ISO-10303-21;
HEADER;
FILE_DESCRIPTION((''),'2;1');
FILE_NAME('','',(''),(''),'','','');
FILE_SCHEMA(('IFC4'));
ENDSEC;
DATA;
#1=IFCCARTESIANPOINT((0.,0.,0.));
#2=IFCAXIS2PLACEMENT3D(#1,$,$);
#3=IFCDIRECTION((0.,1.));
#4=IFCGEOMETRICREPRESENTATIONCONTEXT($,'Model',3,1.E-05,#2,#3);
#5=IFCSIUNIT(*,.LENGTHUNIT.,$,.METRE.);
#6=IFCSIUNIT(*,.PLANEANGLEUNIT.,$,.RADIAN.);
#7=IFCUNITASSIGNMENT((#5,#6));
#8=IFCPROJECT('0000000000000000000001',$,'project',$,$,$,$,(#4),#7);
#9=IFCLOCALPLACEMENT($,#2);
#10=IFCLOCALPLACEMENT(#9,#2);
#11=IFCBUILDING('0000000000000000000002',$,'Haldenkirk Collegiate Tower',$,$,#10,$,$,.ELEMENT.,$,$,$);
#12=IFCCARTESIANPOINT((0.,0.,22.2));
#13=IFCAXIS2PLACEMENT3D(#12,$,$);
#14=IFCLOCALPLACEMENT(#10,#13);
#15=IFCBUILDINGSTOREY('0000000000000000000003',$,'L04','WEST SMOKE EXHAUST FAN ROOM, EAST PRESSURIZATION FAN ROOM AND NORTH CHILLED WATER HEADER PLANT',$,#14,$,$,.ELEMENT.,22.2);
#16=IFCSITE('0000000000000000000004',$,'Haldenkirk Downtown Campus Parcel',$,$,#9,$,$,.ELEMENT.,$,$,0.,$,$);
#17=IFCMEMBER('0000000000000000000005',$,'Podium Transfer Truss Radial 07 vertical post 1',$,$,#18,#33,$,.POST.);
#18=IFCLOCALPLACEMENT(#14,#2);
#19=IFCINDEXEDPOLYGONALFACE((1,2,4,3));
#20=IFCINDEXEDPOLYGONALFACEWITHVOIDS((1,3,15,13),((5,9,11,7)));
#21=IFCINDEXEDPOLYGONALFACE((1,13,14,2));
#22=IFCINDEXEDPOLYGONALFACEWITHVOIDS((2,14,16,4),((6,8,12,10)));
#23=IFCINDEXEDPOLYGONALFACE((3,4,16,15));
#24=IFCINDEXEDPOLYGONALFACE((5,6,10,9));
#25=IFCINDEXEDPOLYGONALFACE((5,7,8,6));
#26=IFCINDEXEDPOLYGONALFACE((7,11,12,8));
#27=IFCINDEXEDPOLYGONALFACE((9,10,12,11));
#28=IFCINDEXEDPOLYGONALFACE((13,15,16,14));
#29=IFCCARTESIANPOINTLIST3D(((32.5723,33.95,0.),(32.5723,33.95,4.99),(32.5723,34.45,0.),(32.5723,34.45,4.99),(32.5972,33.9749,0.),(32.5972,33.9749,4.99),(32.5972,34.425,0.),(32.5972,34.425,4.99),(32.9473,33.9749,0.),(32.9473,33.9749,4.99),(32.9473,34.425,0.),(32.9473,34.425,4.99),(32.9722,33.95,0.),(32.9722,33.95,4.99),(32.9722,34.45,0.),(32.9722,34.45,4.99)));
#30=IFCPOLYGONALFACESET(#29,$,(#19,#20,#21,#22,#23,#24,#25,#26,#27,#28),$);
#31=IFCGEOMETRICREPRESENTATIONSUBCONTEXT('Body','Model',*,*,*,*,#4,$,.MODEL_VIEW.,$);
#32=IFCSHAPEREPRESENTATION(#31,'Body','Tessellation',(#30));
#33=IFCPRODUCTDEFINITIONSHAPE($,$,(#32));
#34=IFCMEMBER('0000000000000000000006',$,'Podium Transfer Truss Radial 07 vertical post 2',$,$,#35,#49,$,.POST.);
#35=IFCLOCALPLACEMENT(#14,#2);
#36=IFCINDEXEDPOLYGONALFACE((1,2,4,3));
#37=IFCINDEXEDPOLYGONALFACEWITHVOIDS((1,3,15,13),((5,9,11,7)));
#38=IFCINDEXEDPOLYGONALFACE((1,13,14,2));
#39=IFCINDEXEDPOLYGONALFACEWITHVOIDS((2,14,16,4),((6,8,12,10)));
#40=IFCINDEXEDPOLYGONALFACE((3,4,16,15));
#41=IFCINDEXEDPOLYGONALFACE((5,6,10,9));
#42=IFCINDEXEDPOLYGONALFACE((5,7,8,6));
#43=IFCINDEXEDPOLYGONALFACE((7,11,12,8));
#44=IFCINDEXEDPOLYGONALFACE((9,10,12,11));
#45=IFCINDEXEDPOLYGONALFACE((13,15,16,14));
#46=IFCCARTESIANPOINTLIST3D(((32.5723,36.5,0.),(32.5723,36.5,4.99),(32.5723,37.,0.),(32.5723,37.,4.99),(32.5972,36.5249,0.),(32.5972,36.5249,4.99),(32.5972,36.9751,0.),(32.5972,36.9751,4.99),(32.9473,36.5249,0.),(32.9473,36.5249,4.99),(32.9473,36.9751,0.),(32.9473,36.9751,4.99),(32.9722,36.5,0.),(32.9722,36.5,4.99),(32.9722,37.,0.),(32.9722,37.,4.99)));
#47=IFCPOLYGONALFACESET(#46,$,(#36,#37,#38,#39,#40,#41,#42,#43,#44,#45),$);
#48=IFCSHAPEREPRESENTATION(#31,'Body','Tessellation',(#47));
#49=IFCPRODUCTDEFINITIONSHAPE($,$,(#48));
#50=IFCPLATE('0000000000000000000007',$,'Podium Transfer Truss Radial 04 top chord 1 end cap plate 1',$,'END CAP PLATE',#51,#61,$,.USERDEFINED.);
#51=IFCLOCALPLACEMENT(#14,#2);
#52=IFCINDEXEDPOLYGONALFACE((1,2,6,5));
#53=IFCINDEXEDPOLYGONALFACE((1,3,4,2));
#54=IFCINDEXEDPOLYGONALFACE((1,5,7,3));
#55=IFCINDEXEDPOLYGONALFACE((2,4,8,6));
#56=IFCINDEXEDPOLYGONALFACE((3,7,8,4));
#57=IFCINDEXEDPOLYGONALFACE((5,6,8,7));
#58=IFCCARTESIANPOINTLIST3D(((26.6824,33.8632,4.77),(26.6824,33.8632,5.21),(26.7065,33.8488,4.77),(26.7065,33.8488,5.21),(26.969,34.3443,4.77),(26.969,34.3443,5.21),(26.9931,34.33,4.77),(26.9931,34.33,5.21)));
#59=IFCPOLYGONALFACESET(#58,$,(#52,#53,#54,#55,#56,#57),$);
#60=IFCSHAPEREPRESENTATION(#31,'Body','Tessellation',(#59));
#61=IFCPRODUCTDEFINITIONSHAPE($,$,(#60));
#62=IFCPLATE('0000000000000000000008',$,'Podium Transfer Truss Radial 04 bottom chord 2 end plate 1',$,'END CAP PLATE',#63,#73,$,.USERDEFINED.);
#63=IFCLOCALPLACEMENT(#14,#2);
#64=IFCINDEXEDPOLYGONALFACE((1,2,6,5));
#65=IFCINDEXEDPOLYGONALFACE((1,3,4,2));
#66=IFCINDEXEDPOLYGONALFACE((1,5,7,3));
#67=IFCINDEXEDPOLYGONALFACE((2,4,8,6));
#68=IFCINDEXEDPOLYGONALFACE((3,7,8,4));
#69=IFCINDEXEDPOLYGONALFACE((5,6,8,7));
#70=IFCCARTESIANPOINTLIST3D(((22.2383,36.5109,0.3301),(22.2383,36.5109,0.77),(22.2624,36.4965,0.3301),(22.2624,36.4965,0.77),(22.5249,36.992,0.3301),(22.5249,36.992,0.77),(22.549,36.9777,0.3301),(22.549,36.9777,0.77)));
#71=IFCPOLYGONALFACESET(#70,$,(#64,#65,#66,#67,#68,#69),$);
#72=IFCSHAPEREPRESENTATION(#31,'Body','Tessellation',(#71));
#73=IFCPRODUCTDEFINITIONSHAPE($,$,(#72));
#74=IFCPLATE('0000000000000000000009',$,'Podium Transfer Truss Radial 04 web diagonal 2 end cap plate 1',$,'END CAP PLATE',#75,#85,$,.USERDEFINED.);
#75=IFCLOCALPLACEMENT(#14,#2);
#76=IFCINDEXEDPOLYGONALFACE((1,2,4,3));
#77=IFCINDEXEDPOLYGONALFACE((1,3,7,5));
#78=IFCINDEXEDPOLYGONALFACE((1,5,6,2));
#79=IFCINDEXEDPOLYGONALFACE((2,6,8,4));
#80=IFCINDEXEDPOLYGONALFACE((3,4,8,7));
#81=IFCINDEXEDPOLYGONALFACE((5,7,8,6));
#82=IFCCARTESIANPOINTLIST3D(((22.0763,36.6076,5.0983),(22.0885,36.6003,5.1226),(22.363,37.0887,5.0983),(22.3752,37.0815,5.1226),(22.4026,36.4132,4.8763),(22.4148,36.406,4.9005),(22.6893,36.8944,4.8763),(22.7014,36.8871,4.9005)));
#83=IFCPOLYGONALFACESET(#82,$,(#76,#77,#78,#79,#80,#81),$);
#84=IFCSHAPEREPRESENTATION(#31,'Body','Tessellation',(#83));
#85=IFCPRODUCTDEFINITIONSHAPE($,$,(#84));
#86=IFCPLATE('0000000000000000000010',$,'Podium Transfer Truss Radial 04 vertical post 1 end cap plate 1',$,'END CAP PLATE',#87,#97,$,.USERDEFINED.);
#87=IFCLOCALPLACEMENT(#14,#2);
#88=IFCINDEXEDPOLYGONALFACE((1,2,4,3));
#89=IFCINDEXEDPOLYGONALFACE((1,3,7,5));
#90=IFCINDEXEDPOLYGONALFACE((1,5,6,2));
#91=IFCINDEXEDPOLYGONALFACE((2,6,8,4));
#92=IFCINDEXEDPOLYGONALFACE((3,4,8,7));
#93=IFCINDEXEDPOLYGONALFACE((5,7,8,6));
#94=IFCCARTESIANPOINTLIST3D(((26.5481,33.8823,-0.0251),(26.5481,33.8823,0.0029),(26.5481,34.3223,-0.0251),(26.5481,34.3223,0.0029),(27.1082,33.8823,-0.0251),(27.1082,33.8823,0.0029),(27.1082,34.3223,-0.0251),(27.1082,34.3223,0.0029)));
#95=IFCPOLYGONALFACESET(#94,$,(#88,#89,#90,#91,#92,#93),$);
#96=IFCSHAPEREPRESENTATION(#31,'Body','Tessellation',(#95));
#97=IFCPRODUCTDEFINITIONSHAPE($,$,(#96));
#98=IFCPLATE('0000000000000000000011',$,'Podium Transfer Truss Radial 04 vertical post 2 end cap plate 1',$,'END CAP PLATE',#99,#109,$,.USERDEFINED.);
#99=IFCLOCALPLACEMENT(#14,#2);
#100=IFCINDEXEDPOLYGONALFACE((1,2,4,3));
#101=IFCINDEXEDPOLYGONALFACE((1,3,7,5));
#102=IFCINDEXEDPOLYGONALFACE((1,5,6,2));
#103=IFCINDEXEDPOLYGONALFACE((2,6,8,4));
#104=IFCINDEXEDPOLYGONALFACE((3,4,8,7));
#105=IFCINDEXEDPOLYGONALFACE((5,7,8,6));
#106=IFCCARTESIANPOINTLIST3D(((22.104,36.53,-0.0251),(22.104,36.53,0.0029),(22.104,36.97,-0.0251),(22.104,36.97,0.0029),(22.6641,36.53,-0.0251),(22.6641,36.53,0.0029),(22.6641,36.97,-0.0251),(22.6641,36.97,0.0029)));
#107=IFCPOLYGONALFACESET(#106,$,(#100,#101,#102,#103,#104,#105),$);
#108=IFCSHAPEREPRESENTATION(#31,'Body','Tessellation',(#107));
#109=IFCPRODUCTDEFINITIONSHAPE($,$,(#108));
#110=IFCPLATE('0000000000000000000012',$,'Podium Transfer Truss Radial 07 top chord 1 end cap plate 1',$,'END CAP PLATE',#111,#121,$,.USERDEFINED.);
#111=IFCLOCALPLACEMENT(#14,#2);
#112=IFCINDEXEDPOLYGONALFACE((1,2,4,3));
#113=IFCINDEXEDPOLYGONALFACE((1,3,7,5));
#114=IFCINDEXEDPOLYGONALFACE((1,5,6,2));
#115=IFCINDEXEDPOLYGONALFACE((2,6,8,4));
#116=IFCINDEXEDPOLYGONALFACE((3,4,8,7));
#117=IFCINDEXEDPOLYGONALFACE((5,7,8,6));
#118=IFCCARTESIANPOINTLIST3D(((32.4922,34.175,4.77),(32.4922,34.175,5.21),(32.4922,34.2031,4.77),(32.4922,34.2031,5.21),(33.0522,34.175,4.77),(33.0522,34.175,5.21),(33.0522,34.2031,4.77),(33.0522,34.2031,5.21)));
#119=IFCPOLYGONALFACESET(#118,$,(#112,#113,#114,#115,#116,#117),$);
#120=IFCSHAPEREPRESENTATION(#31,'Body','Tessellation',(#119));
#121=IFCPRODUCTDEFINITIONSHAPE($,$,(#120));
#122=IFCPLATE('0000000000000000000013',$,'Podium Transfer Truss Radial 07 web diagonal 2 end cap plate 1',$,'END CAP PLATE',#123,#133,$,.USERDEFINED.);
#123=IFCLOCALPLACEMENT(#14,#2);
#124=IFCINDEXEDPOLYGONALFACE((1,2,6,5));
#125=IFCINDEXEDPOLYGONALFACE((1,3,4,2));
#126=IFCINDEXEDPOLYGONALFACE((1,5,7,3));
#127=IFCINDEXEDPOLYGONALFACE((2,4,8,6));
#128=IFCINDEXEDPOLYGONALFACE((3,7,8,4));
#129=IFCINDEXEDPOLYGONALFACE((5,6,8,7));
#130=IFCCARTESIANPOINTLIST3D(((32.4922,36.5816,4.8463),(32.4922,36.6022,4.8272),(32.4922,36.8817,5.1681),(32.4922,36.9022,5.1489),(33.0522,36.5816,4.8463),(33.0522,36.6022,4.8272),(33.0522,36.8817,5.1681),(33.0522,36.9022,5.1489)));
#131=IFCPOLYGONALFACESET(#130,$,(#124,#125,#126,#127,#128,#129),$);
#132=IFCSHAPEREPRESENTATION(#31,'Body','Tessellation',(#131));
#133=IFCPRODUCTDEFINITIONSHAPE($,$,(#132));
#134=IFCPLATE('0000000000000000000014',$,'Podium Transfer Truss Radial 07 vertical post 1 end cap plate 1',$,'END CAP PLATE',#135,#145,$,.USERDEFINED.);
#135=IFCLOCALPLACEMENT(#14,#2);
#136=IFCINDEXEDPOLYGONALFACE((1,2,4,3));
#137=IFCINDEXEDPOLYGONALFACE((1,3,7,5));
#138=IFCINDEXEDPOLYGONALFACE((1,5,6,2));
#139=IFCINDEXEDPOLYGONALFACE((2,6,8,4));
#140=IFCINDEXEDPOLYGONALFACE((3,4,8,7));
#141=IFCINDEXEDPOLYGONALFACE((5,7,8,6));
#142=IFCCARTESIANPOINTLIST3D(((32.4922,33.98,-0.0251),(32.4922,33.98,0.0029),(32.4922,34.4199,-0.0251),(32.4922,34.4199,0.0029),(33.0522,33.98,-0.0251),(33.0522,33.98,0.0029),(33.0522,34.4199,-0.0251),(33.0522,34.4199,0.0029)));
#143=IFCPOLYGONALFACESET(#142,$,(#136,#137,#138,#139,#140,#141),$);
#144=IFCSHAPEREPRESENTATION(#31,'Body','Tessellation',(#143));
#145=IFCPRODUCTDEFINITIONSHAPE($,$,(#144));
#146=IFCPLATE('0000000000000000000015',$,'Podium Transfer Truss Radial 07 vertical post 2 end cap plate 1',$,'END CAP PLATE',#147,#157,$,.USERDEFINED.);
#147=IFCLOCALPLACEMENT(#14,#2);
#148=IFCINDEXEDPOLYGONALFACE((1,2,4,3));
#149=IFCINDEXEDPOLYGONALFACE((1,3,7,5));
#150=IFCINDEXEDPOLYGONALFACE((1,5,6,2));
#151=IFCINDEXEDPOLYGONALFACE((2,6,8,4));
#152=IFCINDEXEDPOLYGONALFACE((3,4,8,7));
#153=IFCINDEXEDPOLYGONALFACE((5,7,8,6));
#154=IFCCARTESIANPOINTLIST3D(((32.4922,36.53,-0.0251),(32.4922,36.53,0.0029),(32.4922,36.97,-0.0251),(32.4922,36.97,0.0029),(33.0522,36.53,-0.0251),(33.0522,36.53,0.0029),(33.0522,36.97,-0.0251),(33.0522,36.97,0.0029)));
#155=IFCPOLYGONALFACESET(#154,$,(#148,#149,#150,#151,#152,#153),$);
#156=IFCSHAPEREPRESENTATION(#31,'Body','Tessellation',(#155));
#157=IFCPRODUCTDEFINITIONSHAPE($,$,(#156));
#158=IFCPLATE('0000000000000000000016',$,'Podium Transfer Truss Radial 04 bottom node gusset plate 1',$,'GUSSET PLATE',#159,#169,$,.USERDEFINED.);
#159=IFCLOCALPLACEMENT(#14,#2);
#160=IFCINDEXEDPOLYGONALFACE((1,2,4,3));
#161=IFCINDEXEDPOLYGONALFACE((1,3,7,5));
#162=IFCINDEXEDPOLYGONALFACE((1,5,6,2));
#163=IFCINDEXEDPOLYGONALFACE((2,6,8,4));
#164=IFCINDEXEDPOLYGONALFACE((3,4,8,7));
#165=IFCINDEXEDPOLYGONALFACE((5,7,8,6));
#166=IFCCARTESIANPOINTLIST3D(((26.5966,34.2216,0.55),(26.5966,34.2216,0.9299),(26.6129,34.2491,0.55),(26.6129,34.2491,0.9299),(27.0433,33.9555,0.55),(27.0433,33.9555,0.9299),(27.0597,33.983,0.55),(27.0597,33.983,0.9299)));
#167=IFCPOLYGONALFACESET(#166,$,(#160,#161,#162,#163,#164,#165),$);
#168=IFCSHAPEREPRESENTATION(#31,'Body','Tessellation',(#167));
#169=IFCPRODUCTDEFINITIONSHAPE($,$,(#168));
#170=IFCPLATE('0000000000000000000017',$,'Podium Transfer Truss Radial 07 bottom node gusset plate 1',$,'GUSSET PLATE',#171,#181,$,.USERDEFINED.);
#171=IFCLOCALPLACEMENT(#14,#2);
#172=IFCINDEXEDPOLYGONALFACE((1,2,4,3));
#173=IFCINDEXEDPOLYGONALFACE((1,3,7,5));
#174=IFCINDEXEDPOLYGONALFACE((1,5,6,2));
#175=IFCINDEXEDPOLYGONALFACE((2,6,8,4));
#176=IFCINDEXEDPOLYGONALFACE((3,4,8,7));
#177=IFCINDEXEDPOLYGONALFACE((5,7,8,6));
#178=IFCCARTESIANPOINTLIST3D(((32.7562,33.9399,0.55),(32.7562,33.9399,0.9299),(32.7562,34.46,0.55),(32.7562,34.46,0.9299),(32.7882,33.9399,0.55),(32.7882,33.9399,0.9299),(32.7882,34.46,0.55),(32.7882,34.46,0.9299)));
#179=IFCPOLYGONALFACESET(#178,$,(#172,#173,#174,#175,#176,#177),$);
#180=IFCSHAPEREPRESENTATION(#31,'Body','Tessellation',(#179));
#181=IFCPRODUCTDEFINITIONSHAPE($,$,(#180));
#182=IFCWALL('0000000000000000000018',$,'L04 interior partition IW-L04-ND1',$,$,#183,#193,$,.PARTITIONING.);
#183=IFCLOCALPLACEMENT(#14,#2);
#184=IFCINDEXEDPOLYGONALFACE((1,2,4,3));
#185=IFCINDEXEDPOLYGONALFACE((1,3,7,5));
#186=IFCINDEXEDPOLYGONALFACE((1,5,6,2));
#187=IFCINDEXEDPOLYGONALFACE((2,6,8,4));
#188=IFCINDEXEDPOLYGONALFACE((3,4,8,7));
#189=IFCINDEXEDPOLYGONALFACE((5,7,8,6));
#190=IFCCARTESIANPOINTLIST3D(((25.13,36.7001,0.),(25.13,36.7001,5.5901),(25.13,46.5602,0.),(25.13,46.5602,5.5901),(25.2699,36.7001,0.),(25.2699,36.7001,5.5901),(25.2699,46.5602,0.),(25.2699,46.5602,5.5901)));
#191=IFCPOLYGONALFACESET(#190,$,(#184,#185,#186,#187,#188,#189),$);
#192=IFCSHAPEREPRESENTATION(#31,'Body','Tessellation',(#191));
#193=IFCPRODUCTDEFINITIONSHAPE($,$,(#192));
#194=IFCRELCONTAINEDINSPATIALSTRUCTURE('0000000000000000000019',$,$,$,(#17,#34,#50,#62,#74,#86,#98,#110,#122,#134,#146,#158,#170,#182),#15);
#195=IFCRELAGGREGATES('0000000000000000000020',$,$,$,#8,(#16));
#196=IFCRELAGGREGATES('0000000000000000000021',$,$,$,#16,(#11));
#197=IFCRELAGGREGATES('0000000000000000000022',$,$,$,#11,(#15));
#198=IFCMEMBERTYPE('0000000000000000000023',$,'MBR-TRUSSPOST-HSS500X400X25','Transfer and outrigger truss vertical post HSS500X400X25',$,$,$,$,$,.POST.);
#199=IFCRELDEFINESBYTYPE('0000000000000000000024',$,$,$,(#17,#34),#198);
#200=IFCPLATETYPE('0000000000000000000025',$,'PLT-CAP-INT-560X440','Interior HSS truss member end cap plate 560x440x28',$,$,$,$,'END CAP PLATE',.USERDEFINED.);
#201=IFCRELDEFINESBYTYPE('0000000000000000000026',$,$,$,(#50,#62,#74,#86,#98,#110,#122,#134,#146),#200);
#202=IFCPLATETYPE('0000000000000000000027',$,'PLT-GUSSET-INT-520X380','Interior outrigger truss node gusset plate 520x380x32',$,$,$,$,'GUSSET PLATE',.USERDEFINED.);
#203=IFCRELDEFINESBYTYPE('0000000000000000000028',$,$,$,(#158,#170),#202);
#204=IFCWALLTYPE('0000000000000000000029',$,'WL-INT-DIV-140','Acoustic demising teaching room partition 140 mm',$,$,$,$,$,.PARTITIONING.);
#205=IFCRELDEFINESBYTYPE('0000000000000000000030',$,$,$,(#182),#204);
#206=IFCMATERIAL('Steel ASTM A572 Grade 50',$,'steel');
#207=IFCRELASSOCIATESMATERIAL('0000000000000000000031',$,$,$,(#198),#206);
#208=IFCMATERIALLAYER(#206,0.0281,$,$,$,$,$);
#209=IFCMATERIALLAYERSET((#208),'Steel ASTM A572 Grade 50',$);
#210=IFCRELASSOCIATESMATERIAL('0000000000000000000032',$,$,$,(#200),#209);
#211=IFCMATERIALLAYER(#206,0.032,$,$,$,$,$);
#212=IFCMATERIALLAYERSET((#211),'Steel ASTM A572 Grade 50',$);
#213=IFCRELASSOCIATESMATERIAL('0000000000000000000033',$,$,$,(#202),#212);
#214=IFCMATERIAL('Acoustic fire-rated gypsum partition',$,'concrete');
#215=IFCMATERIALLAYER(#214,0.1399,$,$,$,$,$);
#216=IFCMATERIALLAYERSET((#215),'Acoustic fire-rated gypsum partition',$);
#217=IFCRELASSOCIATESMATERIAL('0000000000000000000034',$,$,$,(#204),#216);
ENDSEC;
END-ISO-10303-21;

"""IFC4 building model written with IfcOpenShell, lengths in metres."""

from ifc_helpers import new_model, si_unit, direction, frame, frame_2d, origin, origin_2d, place, context, subcontext, project, spatial, rectangle, hollow_rectangle, extrude, source, transform, mapped, material, layer, layer_set, material_profile, profile_set, type_object, element, save


model = new_model("IFC4")

# Units and contexts
model_context = context("Model", 3, precision=1e-05, world=origin(), true_north=direction((0.0, 1.0)))
body_context = subcontext(model_context, "Body", "Model", "MODEL_VIEW")
ifc_project = project(units=[si_unit("LENGTHUNIT", "METRE"), si_unit("PLANEANGLEUNIT", "RADIAN")], contexts=[model_context])

# Site, building, storey
site_placement = place(None, origin())
site = spatial("IfcSite", under=ifc_project, at=site_placement, Name="Haldenkirk Downtown Campus Parcel", CompositionType="ELEMENT", RefElevation=0.0)
building_placement = place(site_placement, origin())
building = spatial("IfcBuilding", under=site, at=building_placement, Name="Haldenkirk Collegiate Tower", CompositionType="ELEMENT")
storey_placement = place(building_placement, frame((0.0, 0.0, 22.2)))
storey = spatial("IfcBuildingStorey", under=building, at=storey_placement, Name="L04", Description="WEST SMOKE EXHAUST FAN ROOM, EAST PRESSURIZATION FAN ROOM AND NORTH CHILLED WATER HEADER PLANT", CompositionType="ELEMENT", Elevation=22.2)

# Members
ifc_material_1 = material(Name="Steel ASTM A572 Grade 50", Category="steel")
ifc_material_profile_1 = material_profile(ifc_material_1, hollow_rectangle(XDim=0.3999, YDim=0.5, WallThickness=0.0249, at=origin_2d()), Name="HSS500X400X25")
ifc_profile_set_1 = profile_set([ifc_material_profile_1], Name="Steel ASTM A572 Grade 50")
member_type_1 = type_object("IfcMemberType", Name="MBR-TRUSSPOST-HSS500X400X25", Description="Transfer and outrigger truss vertical post HSS500X400X25", PredefinedType="POST", material=ifc_profile_set_1)
for number, where, z_axis, x_axis, name in (
    (1, (32.7722, 34.2, 0.0), (0.0, 0.0, 1.0), (1.0, 0.0, 0.0), "Podium Transfer Truss Radial 07 vertical post 1"),
    (2, (32.7722, 36.75, 0.0), (0.0, 0.0, 1.0), (1.0, 0.0, 0.0), "Podium Transfer Truss Radial 07 vertical post 2"),
):
    element("IfcMember", number, at=place(storey_placement, frame(where, z_axis=z_axis, x_axis=x_axis)), inside=storey, type_object=member_type_1, Name=name, PredefinedType="POST", context=body_context, shape_type="SweptSolid", body=[
        extrude(hollow_rectangle(XDim=0.3999, YDim=0.5, WallThickness=0.0249, at=origin_2d()), origin(), (0.0, 0.0, 1.0), 4.99),
    ])

# Plates
ifc_layer_1 = layer(ifc_material_1, 0.0281)
ifc_layer_set_1 = layer_set([ifc_layer_1], Name="Steel ASTM A572 Grade 50")
plate_type_1 = type_object("IfcPlateType", Name="PLT-CAP-INT-560X440", Description="Interior HSS truss member end cap plate 560x440x28", ElementType="END CAP PLATE", PredefinedType="USERDEFINED", material=ifc_layer_set_1)
shared_shape_1 = source(origin(), body_context, "Body", "SweptSolid", [
    extrude(rectangle(XDim=0.5601, YDim=0.4399, at=origin_2d()), origin(), (0.0, 0.0, 1.0), 0.0281),
])
for number, where, z_axis, x_axis, name in (
    (3, (26.8257, 34.1038, 4.99), (0.859102, -0.511804, 0.0), (0.511804, 0.859102, 0.0), "Podium Transfer Truss Radial 04 top chord 1 end cap plate 1"),
    (4, (22.3816, 36.7515, 0.55), (0.859104, -0.511801, 0.0), (0.511801, 0.859104, 0.0), "Podium Transfer Truss Radial 04 bottom chord 2 end plate 1"),
    (5, (22.3828, 36.751, 4.9873), (0.433591, -0.258308, 0.863294), (0.511802, 0.859103, 0.0), "Podium Transfer Truss Radial 04 web diagonal 2 end cap plate 1"),
    (6, (26.8281, 34.1023, 0.0029), (0.0, 0.0, -1.0), (1.0, 0.0, 0.0), "Podium Transfer Truss Radial 04 vertical post 1 end cap plate 1"),
    (7, (22.384, 36.75, 0.0029), (0.0, 0.0, -1.0), (1.0, 0.0, 0.0), "Podium Transfer Truss Radial 04 vertical post 2 end cap plate 1"),
    (8, (32.7722, 34.2031, 4.99), (0.0, -1.0, 0.0), (1.0, 0.0, 0.0), "Podium Transfer Truss Radial 07 top chord 1 end cap plate 1"),
    (9, (32.7722, 36.7522, 4.988), (0.0, -0.73136, 0.681992), (1.0, 0.0, 0.0), "Podium Transfer Truss Radial 07 web diagonal 2 end cap plate 1"),
    (10, (32.7722, 34.2, 0.0029), (0.0, 0.0, -1.0), (1.0, 0.0, 0.0), "Podium Transfer Truss Radial 07 vertical post 1 end cap plate 1"),
    (11, (32.7722, 36.75, 0.0029), (0.0, 0.0, -1.0), (1.0, 0.0, 0.0), "Podium Transfer Truss Radial 07 vertical post 2 end cap plate 1"),
):
    element("IfcPlate", number, at=place(storey_placement, frame(where, z_axis=z_axis, x_axis=x_axis)), inside=storey, type_object=plate_type_1, Name=name, ObjectType="END CAP PLATE", PredefinedType="USERDEFINED", context=body_context, shape_type="MappedRepresentation", body=[
        mapped(shared_shape_1, transform((0.0, 0.0, 0.0), x_axis=(1.0, 0.0, 0.0), y_axis=(0.0, 1.0, 0.0), z_axis=(0.0, 0.0, 1.0), scale=1.0)),
    ])
ifc_layer_2 = layer(ifc_material_1, 0.032)
ifc_layer_set_2 = layer_set([ifc_layer_2], Name="Steel ASTM A572 Grade 50")
plate_type_2 = type_object("IfcPlateType", Name="PLT-GUSSET-INT-520X380", Description="Interior outrigger truss node gusset plate 520x380x32", ElementType="GUSSET PLATE", PredefinedType="USERDEFINED", material=ifc_layer_set_2)
shared_shape_2 = source(origin(), body_context, "Body", "SweptSolid", [
    extrude(rectangle(XDim=0.52, YDim=0.032, at=origin_2d()), origin(), (0.0, 0.0, 1.0), 0.3799),
])
for number, where, z_axis, x_axis, name in (
    (12, (26.8281, 34.1023, 0.55), (0.0, 0.0, 1.0), (-0.859104, 0.511801, 0.0), "Podium Transfer Truss Radial 04 bottom node gusset plate 1"),
    (13, (32.7722, 34.2, 0.55), (0.0, 0.0, 1.0), (0.0, 1.0, 0.0), "Podium Transfer Truss Radial 07 bottom node gusset plate 1"),
):
    element("IfcPlate", number, at=place(storey_placement, frame(where, z_axis=z_axis, x_axis=x_axis)), inside=storey, type_object=plate_type_2, Name=name, ObjectType="GUSSET PLATE", PredefinedType="USERDEFINED", context=body_context, shape_type="MappedRepresentation", body=[
        mapped(shared_shape_2, transform((0.0, 0.0, 0.0), x_axis=(1.0, 0.0, 0.0), y_axis=(0.0, 1.0, 0.0), z_axis=(0.0, 0.0, 1.0), scale=1.0)),
    ])

# Wall
ifc_material_2 = material(Name="Acoustic fire-rated gypsum partition", Category="concrete")
ifc_layer_3 = layer(ifc_material_2, 0.1399)
ifc_layer_set_3 = layer_set([ifc_layer_3], Name="Acoustic fire-rated gypsum partition")
wall_type = type_object("IfcWallType", Name="WL-INT-DIV-140", Description="Acoustic demising teaching room partition 140 mm", PredefinedType="PARTITIONING", material=ifc_layer_set_3)
wall_placement = place(storey_placement, frame((25.2, 36.7, 0.0), z_axis=(0.0, 0.0, 1.0), x_axis=(0.0, 1.0, 0.0)))
element("IfcWall", 14, at=wall_placement, inside=storey, type_object=wall_type, Name="L04 interior partition IW-L04-ND1", PredefinedType="PARTITIONING", context=body_context, shape_type="SweptSolid", body=[
    extrude(rectangle(XDim=9.8601, YDim=0.1399, at=frame_2d((4.9302, 0.0))), origin(), (0.0, 0.0, 1.0), 5.5901),
])

save(model, "model.ifc")
